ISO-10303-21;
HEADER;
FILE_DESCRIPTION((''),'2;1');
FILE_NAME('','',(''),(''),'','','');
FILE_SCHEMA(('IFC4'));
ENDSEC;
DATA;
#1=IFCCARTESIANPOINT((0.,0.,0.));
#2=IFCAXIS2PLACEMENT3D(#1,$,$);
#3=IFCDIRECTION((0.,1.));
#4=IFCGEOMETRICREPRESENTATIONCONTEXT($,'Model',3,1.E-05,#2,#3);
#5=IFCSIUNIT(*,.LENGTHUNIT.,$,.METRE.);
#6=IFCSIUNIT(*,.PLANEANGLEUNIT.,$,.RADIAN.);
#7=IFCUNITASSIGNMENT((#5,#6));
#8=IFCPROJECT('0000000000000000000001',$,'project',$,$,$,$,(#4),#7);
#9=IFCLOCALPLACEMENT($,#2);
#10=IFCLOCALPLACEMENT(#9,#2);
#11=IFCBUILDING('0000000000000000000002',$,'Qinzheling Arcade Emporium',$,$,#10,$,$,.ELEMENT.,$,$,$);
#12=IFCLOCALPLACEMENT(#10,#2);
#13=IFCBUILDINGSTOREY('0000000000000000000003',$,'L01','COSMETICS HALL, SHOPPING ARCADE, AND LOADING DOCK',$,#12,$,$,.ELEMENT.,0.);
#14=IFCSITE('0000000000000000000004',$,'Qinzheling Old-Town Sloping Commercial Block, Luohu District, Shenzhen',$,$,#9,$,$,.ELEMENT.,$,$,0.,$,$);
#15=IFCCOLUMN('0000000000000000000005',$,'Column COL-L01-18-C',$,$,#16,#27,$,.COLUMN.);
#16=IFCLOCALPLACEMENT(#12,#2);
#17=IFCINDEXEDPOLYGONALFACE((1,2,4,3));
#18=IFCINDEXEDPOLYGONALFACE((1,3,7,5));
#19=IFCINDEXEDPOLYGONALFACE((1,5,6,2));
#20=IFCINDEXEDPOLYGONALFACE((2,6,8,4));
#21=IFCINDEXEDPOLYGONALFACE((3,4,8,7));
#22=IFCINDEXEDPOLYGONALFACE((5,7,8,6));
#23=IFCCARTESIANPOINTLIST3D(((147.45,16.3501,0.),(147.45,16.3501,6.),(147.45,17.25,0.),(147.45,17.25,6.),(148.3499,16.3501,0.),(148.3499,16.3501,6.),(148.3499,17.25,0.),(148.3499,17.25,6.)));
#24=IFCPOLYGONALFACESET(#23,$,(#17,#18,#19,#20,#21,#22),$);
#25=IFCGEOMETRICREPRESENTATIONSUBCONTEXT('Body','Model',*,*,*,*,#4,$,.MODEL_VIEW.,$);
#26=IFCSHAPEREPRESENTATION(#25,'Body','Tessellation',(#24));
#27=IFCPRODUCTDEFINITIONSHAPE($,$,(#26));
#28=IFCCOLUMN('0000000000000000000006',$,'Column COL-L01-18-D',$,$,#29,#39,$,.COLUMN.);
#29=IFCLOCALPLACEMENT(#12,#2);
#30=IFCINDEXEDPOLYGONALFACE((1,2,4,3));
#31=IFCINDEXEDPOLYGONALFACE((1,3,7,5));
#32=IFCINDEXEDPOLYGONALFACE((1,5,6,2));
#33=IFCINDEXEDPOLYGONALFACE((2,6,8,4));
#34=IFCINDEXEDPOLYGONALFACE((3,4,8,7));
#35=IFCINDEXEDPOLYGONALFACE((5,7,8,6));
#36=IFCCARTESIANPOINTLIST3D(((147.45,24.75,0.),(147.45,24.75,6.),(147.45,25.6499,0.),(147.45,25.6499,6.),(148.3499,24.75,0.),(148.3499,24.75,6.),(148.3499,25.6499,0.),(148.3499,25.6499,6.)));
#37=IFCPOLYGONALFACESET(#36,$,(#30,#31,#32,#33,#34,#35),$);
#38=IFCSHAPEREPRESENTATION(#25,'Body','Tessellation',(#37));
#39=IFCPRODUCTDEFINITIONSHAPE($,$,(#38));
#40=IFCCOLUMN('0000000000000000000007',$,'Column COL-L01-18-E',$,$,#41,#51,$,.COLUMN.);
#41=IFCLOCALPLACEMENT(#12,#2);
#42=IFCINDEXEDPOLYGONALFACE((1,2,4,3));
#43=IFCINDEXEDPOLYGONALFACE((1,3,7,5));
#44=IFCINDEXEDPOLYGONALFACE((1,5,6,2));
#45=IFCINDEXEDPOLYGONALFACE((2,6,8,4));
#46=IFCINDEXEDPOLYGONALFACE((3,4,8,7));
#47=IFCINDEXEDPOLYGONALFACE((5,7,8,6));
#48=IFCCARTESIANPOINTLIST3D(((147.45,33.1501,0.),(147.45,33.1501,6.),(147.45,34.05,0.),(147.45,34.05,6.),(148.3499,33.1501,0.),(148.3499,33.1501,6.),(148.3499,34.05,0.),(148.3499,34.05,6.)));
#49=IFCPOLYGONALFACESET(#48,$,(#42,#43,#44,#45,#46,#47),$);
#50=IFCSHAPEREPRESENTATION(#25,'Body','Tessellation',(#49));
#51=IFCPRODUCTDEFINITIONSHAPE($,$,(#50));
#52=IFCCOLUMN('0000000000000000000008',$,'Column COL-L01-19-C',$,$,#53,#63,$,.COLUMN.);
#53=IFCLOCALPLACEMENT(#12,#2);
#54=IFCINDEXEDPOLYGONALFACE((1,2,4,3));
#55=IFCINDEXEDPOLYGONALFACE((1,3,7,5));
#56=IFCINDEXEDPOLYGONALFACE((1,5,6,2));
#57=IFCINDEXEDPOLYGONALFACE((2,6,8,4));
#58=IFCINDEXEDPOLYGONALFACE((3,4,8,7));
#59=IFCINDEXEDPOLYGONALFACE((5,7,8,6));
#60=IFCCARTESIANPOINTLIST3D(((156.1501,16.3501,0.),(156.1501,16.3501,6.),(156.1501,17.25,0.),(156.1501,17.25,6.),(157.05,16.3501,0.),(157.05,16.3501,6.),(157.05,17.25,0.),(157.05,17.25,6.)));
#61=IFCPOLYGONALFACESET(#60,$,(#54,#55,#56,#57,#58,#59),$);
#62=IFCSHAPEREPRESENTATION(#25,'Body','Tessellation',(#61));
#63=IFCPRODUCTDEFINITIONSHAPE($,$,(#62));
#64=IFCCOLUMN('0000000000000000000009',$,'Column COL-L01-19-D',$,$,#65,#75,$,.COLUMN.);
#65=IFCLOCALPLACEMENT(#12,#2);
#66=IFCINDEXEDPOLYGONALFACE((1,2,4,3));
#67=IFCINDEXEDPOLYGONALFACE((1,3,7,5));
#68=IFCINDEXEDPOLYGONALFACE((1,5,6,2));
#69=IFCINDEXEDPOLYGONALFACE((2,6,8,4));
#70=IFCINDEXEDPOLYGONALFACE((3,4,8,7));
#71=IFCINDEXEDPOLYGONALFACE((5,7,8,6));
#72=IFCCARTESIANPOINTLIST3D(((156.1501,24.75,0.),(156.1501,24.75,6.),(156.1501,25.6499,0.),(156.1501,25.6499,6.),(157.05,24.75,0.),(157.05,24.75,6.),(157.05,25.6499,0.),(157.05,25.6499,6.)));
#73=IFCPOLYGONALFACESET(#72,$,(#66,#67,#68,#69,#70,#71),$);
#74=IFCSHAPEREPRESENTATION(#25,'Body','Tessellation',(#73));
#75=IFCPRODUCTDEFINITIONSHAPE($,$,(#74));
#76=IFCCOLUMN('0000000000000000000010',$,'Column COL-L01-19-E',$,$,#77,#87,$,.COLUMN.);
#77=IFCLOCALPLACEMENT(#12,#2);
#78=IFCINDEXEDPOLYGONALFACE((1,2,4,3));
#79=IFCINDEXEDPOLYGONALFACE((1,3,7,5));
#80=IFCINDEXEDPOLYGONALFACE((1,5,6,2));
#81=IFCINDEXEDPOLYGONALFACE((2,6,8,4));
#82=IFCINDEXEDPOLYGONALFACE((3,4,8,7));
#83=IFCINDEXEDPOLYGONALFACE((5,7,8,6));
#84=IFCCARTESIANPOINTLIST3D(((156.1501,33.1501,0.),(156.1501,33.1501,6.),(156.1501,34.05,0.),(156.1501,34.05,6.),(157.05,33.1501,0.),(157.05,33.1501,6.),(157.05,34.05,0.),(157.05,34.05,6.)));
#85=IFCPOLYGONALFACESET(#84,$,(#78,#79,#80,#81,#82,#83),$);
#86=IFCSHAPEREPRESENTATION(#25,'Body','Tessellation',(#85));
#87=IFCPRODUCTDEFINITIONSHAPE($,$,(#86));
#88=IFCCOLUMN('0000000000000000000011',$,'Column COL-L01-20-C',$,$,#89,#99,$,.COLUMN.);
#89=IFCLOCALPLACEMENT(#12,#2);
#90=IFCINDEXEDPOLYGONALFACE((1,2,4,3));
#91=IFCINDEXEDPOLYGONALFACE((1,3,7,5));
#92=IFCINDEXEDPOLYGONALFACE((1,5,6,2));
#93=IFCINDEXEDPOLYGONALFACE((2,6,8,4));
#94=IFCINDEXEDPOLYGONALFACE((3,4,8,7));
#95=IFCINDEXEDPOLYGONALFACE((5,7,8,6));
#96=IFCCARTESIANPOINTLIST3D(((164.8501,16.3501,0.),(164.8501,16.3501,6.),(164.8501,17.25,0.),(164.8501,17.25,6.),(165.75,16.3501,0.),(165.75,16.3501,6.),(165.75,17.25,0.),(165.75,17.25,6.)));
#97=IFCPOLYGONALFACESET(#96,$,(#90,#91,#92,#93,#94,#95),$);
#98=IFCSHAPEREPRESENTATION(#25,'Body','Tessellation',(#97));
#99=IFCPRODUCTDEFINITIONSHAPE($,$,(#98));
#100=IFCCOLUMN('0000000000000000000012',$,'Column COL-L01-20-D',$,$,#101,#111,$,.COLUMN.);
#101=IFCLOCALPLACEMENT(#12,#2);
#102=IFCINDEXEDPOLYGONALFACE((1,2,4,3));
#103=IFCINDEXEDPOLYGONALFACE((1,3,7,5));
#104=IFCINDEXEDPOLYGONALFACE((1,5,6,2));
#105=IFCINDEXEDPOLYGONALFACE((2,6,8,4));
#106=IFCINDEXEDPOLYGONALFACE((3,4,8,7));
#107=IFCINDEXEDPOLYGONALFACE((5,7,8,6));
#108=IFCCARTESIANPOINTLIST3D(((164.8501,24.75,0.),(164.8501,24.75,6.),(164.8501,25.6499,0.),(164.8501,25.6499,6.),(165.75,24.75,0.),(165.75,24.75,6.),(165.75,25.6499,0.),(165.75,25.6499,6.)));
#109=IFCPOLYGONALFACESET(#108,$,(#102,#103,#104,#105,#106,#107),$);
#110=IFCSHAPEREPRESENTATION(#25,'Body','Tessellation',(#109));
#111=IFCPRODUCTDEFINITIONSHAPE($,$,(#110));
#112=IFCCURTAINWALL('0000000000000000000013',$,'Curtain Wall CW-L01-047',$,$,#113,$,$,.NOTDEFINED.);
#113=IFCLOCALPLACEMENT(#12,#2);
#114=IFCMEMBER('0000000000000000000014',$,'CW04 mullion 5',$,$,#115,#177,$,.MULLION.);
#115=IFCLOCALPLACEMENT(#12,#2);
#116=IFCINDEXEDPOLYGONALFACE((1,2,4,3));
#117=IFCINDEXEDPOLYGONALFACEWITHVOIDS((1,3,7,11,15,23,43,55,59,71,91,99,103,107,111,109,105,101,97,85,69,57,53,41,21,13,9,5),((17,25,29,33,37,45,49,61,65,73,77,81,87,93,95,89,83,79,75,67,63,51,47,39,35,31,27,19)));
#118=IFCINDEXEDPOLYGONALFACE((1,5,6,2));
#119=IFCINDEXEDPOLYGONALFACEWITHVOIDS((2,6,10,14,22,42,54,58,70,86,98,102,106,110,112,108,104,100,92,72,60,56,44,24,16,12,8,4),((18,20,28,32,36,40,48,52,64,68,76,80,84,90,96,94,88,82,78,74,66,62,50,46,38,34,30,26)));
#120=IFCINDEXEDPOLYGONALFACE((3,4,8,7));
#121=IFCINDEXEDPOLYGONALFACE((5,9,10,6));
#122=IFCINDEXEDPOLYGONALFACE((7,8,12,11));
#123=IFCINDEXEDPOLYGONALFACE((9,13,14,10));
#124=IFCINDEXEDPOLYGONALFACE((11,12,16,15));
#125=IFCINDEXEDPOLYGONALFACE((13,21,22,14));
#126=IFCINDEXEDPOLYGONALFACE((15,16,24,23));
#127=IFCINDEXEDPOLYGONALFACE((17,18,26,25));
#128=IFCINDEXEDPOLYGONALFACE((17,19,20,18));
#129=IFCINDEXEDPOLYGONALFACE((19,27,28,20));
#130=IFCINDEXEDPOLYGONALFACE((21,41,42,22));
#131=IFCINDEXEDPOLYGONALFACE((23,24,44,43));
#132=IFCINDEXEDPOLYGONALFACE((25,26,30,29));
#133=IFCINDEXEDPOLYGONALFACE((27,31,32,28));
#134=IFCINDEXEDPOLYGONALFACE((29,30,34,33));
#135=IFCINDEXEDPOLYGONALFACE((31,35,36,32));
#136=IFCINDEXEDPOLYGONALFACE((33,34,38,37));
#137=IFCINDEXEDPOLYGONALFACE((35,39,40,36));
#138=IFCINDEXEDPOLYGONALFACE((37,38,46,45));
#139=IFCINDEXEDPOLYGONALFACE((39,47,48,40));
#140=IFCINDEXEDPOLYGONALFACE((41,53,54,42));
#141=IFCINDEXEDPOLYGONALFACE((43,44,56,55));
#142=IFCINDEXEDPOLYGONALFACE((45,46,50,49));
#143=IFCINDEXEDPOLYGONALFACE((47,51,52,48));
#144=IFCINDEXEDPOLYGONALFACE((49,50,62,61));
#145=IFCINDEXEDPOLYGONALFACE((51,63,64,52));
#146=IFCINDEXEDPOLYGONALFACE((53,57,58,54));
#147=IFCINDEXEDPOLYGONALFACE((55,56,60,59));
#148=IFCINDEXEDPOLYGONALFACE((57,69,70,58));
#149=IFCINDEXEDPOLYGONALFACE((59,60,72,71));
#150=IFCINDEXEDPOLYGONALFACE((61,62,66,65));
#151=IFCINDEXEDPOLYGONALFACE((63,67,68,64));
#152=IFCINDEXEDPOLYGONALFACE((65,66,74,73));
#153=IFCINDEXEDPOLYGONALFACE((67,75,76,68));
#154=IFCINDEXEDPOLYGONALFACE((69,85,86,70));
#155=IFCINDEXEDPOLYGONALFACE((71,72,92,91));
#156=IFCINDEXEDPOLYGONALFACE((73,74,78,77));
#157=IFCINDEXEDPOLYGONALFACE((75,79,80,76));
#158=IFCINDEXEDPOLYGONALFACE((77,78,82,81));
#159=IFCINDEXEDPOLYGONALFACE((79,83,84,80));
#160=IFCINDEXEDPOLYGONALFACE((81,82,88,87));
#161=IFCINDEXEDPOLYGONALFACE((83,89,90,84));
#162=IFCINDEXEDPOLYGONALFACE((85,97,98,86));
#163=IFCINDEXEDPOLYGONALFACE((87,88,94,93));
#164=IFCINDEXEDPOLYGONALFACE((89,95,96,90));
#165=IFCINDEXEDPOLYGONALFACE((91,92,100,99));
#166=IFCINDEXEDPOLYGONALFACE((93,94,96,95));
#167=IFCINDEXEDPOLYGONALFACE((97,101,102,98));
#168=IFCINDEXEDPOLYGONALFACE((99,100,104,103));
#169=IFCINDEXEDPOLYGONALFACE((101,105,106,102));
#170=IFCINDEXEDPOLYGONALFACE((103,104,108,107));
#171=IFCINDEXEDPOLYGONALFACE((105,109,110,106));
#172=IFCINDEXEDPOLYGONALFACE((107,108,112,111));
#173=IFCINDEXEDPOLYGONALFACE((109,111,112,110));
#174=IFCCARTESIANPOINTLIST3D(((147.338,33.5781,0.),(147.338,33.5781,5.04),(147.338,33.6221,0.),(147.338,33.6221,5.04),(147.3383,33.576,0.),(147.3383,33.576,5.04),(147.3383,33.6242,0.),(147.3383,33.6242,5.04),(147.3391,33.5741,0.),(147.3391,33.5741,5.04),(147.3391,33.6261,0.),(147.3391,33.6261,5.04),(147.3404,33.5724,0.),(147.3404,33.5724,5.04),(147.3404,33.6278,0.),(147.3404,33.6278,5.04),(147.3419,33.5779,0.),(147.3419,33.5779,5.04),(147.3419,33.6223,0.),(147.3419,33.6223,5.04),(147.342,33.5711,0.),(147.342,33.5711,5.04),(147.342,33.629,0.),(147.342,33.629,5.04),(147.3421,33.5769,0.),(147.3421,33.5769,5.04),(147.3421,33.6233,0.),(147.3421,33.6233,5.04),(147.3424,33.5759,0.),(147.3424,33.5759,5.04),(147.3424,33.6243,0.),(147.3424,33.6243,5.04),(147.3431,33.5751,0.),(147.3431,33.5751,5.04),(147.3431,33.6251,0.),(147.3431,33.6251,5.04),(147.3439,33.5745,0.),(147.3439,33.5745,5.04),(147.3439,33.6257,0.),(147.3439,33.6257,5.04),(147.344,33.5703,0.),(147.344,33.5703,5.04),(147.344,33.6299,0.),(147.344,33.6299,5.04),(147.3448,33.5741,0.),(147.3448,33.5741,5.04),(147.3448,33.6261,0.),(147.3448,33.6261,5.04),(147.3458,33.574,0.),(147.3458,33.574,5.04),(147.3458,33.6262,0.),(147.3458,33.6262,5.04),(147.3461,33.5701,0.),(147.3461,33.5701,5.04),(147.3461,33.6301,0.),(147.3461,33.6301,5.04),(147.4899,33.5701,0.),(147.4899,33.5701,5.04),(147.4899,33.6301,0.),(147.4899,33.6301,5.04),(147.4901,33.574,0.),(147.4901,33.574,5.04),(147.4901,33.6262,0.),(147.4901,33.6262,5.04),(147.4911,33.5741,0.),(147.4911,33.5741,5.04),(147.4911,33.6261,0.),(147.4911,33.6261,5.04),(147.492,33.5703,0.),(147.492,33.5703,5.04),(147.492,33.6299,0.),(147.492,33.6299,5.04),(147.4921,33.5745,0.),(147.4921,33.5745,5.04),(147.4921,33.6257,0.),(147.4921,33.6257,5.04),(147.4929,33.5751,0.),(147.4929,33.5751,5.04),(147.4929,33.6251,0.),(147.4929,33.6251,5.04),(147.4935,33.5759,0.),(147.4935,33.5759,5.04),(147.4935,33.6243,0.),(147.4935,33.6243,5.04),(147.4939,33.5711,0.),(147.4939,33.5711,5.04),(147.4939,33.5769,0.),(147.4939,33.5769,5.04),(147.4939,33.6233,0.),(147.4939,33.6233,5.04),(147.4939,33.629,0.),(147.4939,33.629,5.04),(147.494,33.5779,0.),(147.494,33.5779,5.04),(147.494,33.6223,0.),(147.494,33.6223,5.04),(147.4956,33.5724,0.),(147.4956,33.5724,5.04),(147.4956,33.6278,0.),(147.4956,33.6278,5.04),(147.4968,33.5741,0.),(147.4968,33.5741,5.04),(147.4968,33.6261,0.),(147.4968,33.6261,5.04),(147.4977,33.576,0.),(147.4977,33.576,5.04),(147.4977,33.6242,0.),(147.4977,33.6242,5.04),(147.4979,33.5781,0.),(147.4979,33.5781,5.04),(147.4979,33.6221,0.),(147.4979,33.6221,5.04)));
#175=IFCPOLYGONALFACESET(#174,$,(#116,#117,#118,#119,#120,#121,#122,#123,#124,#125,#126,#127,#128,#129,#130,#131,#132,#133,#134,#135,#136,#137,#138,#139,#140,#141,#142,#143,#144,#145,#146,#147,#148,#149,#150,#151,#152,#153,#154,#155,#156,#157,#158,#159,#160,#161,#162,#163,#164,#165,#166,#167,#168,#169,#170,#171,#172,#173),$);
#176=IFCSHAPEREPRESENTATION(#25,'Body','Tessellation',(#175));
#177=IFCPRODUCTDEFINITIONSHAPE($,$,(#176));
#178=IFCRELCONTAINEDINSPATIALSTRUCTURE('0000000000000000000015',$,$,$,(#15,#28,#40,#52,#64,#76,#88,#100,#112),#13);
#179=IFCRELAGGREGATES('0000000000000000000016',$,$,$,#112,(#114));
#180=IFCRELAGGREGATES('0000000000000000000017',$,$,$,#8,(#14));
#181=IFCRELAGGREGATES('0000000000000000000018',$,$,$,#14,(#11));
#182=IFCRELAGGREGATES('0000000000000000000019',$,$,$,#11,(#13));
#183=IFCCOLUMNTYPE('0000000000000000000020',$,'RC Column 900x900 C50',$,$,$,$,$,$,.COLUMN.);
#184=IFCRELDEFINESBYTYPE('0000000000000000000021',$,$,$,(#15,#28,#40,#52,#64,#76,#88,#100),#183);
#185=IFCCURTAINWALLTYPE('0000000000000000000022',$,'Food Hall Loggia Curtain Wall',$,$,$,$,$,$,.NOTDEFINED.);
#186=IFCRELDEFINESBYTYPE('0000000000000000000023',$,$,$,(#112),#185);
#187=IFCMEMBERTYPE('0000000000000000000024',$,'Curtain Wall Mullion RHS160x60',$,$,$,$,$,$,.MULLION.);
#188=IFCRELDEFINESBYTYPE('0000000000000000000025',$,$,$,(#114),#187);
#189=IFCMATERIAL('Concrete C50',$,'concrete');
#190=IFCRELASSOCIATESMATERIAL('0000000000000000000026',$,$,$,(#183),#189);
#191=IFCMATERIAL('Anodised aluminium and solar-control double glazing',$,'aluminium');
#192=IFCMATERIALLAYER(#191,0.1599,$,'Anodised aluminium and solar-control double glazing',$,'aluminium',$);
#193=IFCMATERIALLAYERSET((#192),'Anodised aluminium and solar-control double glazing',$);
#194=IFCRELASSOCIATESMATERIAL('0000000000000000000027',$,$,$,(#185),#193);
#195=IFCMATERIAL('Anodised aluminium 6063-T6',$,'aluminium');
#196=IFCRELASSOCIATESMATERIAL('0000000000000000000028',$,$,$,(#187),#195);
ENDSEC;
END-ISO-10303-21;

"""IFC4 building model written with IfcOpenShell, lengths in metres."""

from ifc_helpers import new_model, si_unit, direction, frame, origin, origin_2d, place, context, subcontext, project, spatial, rectangle, hollow_rectangle, extrude, material, layer, layer_set, material_profile, profile_set, type_object, element, aggregate, save


model = new_model("IFC4")

# Units and contexts
model_context = context("Model", 3, precision=1e-05, world=origin(), true_north=direction((0.0, 1.0)))
body_context = subcontext(model_context, "Body", "Model", "MODEL_VIEW")
ifc_project = project(units=[si_unit("LENGTHUNIT", "METRE"), si_unit("PLANEANGLEUNIT", "RADIAN")], contexts=[model_context])

# Site, building, storey
site_placement = place(None, origin())
site = spatial("IfcSite", under=ifc_project, at=site_placement, Name="Qinzheling Old-Town Sloping Commercial Block, Luohu District, Shenzhen", CompositionType="ELEMENT", RefElevation=0.0)
building_placement = place(site_placement, origin())
building = spatial("IfcBuilding", under=site, at=building_placement, Name="Qinzheling Arcade Emporium", CompositionType="ELEMENT")
storey_placement = place(building_placement, origin())
storey = spatial("IfcBuildingStorey", under=building, at=storey_placement, Name="L01", Description="COSMETICS HALL, SHOPPING ARCADE, AND LOADING DOCK", CompositionType="ELEMENT", Elevation=0.0)

# Columns
ifc_material_1 = material(Name="Concrete C50", Category="concrete")
ifc_material_profile_1 = material_profile(ifc_material_1, rectangle(XDim=0.8999, YDim=0.8999, at=origin_2d()), Name="RC 900x900", Category="concrete")
ifc_profile_set_1 = profile_set([ifc_material_profile_1], Name="Concrete C50")
column_type = type_object("IfcColumnType", Name="RC Column 900x900 C50", PredefinedType="COLUMN", material=ifc_profile_set_1)
for number, where, z_axis, x_axis, name in (
    (1, (147.8999, 16.8, 0.0), (0.0, 0.0, 1.0), (1.0, 0.0, 0.0), "Column COL-L01-18-C"),
    (2, (147.8999, 25.2, 0.0), (0.0, 0.0, 1.0), (1.0, 0.0, 0.0), "Column COL-L01-18-D"),
    (3, (147.8999, 33.6001, 0.0), (0.0, 0.0, 1.0), (1.0, 0.0, 0.0), "Column COL-L01-18-E"),
    (4, (156.6001, 16.8, 0.0), (0.0, 0.0, 1.0), (1.0, 0.0, 0.0), "Column COL-L01-19-C"),
    (5, (156.6001, 25.2, 0.0), (0.0, 0.0, 1.0), (1.0, 0.0, 0.0), "Column COL-L01-19-D"),
    (6, (156.6001, 33.6001, 0.0), (0.0, 0.0, 1.0), (1.0, 0.0, 0.0), "Column COL-L01-19-E"),
    (7, (165.3, 16.8, 0.0), (0.0, 0.0, 1.0), (1.0, 0.0, 0.0), "Column COL-L01-20-C"),
    (8, (165.3, 25.2, 0.0), (0.0, 0.0, 1.0), (1.0, 0.0, 0.0), "Column COL-L01-20-D"),
):
    element("IfcColumn", number, at=place(storey_placement, frame(where, z_axis=z_axis, x_axis=x_axis)), inside=storey, type_object=column_type, Name=name, PredefinedType="COLUMN", context=body_context, shape_type="SweptSolid", body=[
        extrude(rectangle(XDim=0.8999, YDim=0.8999, at=origin_2d()), origin(), (0.0, 0.0, 1.0), 6.0),
    ])

# Curtain wall, member
ifc_material_2 = material(Name="Anodised aluminium and solar-control double glazing", Category="aluminium")
ifc_layer_1 = layer(ifc_material_2, 0.1599, Name="Anodised aluminium and solar-control double glazing", Category="aluminium")
ifc_layer_set_1 = layer_set([ifc_layer_1], Name="Anodised aluminium and solar-control double glazing")
curtain_wall_type_1 = type_object("IfcCurtainWallType", Name="Food Hall Loggia Curtain Wall", PredefinedType="NOTDEFINED", material=ifc_layer_set_1)
curtain_wall_1_placement = place(storey_placement, origin())
curtain_wall_1 = element("IfcCurtainWall", 9, at=curtain_wall_1_placement, inside=storey, type_object=curtain_wall_type_1, Name="Curtain Wall CW-L01-047", PredefinedType="NOTDEFINED")
ifc_material_3 = material(Name="Anodised aluminium 6063-T6", Category="aluminium")
ifc_material_profile_2 = material_profile(ifc_material_3, hollow_rectangle(XDim=0.0601, YDim=0.1599, WallThickness=0.0039, InnerFilletRadius=0.0039, OuterFilletRadius=0.0081, at=origin_2d()), Name="RHS 160x60x4", Category="aluminium")
ifc_profile_set_2 = profile_set([ifc_material_profile_2], Name="Anodised aluminium 6063-T6")
member_type = type_object("IfcMemberType", Name="Curtain Wall Mullion RHS160x60", PredefinedType="MULLION", material=ifc_profile_set_2)
member_1_placement = place(storey_placement, frame((147.418, 33.6001, 0.0), z_axis=(0.0, 0.0, 1.0), x_axis=(0.0, 1.0, 0.0)))
member_1 = element("IfcMember", 10, at=member_1_placement, type_object=member_type, Name="CW04 mullion 5", PredefinedType="MULLION", context=body_context, shape_type="SweptSolid", body=[
    extrude(hollow_rectangle(XDim=0.0601, YDim=0.1599, WallThickness=0.0039, InnerFilletRadius=0.0039, OuterFilletRadius=0.0081, at=origin_2d()), origin(), (0.0, 0.0, 1.0), 5.04),
])

aggregate(curtain_wall_1, [member_1])

save(model, "model.ifc")
